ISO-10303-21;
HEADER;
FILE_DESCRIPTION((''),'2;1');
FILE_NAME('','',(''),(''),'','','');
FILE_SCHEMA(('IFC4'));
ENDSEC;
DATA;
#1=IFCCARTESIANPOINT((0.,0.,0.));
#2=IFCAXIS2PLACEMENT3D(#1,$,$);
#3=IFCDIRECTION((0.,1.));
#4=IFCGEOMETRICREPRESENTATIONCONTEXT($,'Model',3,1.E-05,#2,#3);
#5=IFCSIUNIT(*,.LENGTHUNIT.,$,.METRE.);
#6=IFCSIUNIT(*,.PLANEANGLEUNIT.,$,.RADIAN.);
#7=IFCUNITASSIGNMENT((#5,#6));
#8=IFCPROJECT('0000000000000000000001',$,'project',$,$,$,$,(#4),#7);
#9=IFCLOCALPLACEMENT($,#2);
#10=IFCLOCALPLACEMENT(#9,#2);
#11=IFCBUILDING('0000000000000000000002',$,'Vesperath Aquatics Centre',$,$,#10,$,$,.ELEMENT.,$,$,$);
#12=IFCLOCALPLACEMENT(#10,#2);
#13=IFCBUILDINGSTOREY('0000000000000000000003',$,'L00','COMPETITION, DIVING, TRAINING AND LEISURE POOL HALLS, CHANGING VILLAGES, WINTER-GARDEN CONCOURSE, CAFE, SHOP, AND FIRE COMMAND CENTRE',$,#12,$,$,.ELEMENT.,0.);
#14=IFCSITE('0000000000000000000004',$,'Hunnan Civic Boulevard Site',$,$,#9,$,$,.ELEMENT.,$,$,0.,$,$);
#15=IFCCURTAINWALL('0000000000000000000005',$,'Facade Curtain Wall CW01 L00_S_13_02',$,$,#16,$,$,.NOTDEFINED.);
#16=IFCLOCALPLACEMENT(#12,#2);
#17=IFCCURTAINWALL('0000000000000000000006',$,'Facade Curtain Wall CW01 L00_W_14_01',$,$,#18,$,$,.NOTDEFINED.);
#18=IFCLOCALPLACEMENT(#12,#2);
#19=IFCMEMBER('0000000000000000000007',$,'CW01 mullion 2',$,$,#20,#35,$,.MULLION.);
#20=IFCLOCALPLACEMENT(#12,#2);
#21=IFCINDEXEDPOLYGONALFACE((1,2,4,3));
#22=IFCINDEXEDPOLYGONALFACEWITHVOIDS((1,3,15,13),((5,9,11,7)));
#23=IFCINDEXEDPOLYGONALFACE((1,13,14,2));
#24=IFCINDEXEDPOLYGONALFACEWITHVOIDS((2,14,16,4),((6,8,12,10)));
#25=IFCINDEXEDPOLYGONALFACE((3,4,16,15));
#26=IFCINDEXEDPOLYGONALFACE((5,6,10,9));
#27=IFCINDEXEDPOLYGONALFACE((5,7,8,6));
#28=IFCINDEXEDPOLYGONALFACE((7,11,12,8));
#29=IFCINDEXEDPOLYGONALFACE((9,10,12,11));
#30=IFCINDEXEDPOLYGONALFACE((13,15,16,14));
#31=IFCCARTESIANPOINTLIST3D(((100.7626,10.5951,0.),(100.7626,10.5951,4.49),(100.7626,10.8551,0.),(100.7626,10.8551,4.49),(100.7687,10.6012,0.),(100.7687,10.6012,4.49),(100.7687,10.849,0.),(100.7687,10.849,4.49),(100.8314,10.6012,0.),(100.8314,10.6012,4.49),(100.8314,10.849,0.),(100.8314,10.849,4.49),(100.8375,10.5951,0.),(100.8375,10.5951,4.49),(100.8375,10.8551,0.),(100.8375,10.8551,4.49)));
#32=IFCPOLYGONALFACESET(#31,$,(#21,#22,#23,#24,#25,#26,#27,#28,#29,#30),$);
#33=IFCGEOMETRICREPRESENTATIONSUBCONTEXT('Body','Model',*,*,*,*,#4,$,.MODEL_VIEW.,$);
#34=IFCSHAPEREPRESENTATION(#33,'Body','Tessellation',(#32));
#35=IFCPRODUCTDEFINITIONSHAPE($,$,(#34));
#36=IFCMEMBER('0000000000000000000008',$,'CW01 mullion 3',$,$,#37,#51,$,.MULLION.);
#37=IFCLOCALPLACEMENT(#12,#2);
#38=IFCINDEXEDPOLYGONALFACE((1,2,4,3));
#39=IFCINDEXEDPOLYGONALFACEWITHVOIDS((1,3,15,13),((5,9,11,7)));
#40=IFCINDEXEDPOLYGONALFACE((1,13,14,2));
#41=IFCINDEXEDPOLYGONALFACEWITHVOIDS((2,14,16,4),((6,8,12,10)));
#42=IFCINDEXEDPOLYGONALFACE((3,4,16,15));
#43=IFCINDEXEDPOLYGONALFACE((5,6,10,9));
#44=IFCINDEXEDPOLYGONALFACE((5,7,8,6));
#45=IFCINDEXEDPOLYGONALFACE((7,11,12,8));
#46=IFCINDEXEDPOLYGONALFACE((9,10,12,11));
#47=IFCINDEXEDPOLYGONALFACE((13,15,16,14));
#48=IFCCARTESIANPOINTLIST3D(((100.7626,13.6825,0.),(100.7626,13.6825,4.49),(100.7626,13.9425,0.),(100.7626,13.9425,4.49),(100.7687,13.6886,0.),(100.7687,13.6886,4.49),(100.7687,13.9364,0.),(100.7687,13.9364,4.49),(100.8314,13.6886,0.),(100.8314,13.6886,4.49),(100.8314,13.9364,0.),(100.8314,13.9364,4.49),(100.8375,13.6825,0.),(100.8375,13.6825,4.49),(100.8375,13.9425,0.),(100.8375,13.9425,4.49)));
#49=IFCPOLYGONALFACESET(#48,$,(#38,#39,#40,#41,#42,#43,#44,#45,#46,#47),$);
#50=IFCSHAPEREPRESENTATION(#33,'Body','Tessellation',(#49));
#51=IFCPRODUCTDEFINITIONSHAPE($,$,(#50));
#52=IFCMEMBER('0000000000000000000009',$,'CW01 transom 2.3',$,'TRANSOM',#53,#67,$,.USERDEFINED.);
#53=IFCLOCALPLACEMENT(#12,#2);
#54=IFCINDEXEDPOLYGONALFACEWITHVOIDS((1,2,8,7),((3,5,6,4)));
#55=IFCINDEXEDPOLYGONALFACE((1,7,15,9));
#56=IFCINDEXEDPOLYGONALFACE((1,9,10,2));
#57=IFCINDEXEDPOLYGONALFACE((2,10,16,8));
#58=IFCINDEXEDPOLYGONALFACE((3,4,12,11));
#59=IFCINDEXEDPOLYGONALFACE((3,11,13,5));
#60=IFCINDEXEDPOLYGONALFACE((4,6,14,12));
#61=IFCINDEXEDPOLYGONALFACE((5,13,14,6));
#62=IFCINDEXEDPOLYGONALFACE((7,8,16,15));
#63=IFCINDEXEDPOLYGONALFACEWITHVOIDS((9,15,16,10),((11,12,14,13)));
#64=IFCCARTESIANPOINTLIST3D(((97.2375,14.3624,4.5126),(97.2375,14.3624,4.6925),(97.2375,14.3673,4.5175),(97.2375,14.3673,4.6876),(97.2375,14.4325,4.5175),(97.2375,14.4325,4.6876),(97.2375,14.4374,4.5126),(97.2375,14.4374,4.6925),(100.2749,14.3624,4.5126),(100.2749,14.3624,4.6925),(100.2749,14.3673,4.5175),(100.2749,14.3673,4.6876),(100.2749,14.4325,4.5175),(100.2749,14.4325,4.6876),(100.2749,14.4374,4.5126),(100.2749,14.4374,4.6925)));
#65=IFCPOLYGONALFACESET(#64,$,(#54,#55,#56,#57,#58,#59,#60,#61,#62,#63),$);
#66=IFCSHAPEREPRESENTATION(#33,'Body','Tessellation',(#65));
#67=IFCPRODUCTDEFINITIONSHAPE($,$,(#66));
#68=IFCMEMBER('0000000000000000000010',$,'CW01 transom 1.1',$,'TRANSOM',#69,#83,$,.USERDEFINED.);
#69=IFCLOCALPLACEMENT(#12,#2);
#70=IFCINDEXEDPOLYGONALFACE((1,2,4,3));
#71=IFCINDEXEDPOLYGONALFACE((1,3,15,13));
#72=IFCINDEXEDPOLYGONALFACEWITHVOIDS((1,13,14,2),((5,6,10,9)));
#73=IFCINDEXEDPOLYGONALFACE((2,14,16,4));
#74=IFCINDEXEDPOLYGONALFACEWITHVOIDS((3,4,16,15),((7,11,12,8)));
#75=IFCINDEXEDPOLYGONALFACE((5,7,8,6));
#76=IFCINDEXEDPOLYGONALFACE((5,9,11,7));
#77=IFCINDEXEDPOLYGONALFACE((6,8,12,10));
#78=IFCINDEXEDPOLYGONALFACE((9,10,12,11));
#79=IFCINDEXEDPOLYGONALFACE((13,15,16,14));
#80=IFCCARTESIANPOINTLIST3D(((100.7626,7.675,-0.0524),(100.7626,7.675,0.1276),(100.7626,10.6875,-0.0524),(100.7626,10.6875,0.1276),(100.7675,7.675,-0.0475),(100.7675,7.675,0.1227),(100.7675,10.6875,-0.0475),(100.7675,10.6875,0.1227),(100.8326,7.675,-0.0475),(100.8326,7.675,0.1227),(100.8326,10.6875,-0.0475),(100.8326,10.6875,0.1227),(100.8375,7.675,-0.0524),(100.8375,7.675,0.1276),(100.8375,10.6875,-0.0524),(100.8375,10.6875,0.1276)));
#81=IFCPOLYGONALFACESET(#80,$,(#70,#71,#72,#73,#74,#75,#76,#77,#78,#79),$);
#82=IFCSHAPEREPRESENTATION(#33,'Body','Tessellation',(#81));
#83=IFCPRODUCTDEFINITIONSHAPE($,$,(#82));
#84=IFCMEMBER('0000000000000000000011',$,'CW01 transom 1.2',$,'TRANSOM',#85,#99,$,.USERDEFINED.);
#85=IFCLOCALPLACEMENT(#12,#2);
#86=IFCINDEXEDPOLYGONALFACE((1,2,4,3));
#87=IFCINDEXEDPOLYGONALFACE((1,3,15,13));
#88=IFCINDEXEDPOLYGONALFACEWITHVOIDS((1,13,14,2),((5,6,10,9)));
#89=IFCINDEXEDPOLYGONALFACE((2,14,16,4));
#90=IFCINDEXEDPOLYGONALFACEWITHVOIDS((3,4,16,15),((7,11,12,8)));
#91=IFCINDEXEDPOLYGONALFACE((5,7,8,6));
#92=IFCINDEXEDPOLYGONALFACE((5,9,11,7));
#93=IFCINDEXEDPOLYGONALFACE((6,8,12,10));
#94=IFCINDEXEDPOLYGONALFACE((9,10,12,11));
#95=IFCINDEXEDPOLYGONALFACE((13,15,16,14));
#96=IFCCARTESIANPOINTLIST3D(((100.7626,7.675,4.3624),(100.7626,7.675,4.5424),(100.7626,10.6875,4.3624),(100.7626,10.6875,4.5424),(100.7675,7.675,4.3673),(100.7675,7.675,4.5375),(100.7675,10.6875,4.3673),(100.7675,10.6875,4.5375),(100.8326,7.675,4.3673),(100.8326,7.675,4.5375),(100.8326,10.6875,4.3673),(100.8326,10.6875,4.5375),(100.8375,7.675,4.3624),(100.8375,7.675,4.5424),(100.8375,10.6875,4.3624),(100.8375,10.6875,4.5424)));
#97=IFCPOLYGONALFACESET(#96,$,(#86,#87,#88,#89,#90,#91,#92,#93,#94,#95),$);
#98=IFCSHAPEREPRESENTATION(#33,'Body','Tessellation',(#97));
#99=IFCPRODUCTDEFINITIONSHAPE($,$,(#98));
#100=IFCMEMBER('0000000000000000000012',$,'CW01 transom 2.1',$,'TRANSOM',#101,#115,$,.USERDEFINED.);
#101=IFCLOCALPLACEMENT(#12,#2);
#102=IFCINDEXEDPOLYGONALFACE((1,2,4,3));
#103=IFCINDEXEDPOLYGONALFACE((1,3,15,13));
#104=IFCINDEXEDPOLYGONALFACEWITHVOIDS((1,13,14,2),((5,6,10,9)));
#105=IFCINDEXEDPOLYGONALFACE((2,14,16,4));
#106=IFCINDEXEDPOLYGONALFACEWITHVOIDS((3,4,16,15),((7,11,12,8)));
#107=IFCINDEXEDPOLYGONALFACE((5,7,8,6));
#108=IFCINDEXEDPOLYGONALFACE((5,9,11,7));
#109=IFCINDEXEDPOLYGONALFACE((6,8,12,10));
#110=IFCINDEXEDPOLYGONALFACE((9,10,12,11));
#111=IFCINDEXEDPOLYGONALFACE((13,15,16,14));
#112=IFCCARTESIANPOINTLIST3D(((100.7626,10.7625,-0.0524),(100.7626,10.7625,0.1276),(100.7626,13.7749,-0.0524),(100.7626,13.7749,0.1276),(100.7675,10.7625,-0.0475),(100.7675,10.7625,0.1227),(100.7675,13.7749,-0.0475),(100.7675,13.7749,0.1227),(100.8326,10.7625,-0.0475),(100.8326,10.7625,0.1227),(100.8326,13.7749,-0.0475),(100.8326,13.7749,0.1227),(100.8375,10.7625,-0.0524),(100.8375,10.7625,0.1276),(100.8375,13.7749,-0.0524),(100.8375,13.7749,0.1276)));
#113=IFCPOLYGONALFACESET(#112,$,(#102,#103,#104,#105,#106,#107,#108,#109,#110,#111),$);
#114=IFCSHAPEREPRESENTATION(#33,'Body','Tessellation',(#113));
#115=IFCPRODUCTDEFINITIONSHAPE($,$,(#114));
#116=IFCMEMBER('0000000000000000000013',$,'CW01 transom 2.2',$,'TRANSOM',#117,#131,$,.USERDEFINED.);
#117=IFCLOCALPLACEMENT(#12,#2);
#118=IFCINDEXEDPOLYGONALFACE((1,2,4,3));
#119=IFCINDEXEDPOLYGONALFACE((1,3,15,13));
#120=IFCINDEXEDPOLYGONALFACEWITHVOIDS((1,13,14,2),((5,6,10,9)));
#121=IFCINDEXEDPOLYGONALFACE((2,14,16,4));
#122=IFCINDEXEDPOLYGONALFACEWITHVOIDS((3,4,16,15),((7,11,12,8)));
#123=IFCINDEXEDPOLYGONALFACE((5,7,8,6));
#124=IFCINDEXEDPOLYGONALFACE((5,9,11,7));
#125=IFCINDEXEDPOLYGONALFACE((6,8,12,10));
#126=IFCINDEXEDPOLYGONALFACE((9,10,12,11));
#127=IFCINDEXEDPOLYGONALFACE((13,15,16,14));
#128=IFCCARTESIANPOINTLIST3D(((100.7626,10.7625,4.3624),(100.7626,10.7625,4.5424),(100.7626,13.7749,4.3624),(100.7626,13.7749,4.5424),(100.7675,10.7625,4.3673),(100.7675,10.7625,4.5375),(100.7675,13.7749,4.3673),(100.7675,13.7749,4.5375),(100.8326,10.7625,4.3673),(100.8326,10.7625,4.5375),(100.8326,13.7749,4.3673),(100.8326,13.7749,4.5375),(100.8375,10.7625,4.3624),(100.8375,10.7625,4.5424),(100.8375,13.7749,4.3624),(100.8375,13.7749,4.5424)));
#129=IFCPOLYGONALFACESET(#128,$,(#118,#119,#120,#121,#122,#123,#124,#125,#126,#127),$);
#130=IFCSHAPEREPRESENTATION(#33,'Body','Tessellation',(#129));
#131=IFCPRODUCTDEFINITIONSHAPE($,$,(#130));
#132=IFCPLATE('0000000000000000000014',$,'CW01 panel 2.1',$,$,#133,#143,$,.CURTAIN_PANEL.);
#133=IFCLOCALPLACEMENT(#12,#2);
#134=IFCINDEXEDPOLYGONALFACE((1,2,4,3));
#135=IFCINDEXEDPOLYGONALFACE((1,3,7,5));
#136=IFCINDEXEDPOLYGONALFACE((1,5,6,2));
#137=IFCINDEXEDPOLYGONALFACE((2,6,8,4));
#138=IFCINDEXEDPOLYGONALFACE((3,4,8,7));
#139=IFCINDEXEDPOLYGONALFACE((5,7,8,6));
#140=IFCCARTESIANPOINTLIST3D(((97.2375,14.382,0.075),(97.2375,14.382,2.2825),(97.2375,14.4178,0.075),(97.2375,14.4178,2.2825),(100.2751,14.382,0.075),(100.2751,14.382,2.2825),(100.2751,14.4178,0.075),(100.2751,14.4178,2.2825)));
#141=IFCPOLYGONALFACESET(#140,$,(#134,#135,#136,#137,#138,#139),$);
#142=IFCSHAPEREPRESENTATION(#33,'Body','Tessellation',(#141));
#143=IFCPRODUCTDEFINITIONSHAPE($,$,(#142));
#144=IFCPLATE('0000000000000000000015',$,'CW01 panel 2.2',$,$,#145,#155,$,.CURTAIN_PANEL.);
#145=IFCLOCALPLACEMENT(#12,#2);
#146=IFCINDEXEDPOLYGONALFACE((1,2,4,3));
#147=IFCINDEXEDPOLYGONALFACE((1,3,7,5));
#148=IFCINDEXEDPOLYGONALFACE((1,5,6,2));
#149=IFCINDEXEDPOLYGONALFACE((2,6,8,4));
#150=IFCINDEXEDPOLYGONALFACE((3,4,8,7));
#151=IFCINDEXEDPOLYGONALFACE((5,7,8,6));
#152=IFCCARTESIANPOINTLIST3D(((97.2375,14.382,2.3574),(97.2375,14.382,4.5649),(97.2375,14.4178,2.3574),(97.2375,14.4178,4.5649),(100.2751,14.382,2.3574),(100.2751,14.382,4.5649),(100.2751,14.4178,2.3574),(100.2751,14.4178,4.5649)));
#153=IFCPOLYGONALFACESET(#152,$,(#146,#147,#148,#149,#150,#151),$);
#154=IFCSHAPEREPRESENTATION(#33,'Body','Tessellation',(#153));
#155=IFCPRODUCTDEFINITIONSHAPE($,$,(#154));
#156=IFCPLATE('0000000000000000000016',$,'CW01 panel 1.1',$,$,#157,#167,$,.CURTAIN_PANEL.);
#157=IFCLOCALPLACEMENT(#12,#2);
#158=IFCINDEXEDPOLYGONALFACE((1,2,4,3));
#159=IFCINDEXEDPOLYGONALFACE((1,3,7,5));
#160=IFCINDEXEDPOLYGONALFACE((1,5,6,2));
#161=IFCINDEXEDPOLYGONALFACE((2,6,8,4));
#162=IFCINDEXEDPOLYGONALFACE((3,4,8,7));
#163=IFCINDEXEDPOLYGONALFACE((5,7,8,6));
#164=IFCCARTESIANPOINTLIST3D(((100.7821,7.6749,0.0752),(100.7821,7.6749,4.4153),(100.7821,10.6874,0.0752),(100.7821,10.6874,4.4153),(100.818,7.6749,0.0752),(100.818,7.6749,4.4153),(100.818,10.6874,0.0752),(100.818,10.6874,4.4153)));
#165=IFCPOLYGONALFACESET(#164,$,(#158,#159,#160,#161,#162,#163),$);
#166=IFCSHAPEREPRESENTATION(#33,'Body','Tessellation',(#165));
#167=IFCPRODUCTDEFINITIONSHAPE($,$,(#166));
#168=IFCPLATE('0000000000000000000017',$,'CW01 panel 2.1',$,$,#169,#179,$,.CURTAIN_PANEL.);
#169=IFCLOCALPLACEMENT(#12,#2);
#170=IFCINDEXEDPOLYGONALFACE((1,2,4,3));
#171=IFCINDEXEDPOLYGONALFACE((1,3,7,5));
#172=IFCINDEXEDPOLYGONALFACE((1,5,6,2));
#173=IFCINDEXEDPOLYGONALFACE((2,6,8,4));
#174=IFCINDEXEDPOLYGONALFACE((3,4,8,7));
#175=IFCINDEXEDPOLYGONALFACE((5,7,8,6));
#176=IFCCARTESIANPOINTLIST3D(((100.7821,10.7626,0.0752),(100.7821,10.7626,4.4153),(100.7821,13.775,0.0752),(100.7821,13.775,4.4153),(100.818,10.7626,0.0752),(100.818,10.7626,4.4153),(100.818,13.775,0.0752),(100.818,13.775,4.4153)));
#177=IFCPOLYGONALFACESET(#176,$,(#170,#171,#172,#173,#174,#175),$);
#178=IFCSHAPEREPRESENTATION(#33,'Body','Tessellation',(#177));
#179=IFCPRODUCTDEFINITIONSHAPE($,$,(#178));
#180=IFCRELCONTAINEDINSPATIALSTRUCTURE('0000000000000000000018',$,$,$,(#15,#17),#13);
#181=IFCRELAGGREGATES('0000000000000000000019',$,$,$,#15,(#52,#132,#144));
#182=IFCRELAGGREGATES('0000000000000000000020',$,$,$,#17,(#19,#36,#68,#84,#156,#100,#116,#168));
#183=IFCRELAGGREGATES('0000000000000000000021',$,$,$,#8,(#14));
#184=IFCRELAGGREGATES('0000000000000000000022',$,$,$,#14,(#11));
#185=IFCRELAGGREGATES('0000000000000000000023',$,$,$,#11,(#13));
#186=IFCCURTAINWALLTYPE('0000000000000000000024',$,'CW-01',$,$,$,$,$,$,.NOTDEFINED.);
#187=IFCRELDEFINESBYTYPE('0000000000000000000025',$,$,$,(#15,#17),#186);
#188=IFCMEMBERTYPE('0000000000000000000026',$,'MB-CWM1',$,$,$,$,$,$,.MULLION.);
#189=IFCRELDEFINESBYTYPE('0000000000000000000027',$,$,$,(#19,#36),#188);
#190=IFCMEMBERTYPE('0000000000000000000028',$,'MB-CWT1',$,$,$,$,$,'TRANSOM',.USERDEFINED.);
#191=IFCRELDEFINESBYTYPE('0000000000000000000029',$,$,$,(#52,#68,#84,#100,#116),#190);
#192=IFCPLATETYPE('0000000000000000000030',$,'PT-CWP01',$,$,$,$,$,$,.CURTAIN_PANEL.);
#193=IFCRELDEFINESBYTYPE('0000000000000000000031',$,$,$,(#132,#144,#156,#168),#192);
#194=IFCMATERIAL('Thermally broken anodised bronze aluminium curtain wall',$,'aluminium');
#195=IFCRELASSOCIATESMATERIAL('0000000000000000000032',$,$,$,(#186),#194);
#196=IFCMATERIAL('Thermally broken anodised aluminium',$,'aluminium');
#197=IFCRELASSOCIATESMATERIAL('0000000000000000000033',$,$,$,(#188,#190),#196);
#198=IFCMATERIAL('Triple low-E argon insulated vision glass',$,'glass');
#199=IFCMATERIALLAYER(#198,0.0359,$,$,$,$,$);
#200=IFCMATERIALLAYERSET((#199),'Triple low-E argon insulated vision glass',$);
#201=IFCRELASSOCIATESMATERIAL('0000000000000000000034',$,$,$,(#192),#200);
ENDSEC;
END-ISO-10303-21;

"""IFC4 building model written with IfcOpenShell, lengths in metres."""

from ifc_helpers import new_model, si_unit, direction, frame, origin, origin_2d, place, context, subcontext, project, spatial, rectangle, hollow_rectangle, extrude, material, layer, layer_set, material_profile, profile_set, type_object, element, aggregate, save


model = new_model("IFC4")

# Units and contexts
model_context = context("Model", 3, precision=1e-05, world=origin(), true_north=direction((0.0, 1.0)))
body_context = subcontext(model_context, "Body", "Model", "MODEL_VIEW")
ifc_project = project(units=[si_unit("LENGTHUNIT", "METRE"), si_unit("PLANEANGLEUNIT", "RADIAN")], contexts=[model_context])

# Site, building, storey
site_placement = place(None, origin())
site = spatial("IfcSite", under=ifc_project, at=site_placement, Name="Hunnan Civic Boulevard Site", CompositionType="ELEMENT", RefElevation=0.0)
building_placement = place(site_placement, origin())
building = spatial("IfcBuilding", under=site, at=building_placement, Name="Vesperath Aquatics Centre", CompositionType="ELEMENT")
storey_placement = place(building_placement, origin())
storey = spatial("IfcBuildingStorey", under=building, at=storey_placement, Name="L00", Description="COMPETITION, DIVING, TRAINING AND LEISURE POOL HALLS, CHANGING VILLAGES, WINTER-GARDEN CONCOURSE, CAFE, SHOP, AND FIRE COMMAND CENTRE", CompositionType="ELEMENT", Elevation=0.0)

# Curtain wall
ifc_material_1 = material(Name="Thermally broken anodised bronze aluminium curtain wall", Category="aluminium")
curtain_wall_type = type_object("IfcCurtainWallType", Name="CW-01", PredefinedType="NOTDEFINED", material=ifc_material_1)
curtain_wall_1_placement = place(storey_placement, origin())
curtain_wall_1 = element("IfcCurtainWall", 1, at=curtain_wall_1_placement, inside=storey, type_object=curtain_wall_type, Name="Facade Curtain Wall CW01 L00_S_13_02", PredefinedType="NOTDEFINED")
ifc_material_2 = material(Name="Thermally broken anodised aluminium", Category="aluminium")
ifc_material_profile_1 = material_profile(ifc_material_2, hollow_rectangle(XDim=0.075, YDim=0.26, WallThickness=0.0061, at=origin_2d()), Name="CWM 75x260x6")
ifc_profile_set_1 = profile_set([ifc_material_profile_1], Name="Thermally broken anodised aluminium")
member_type_1 = type_object("IfcMemberType", Name="MB-CWM1", PredefinedType="MULLION", material=ifc_profile_set_1)

# Curtain wall, members
curtain_wall_2_placement = place(storey_placement, origin())
curtain_wall_2 = element("IfcCurtainWall", 2, at=curtain_wall_2_placement, inside=storey, type_object=curtain_wall_type, Name="Facade Curtain Wall CW01 L00_W_14_01", PredefinedType="NOTDEFINED")
member_1_placement = place(storey_placement, frame((100.8, 10.7251, 0.0), z_axis=(0.0, 0.0, 1.0), x_axis=(-1.0, 0.0, 0.0)))
member_1 = element("IfcMember", 3, at=member_1_placement, type_object=member_type_1, Name="CW01 mullion 2", PredefinedType="MULLION", context=body_context, shape_type="SweptSolid", body=[
    extrude(hollow_rectangle(XDim=0.075, YDim=0.26, WallThickness=0.0061, at=origin_2d()), origin(), (0.0, 0.0, 1.0), 4.49),
])
member_2_placement = place(storey_placement, frame((100.8, 13.8125, 0.0), z_axis=(0.0, 0.0, 1.0), x_axis=(-1.0, 0.0, 0.0)))
member_2 = element("IfcMember", 4, at=member_2_placement, type_object=member_type_1, Name="CW01 mullion 3", PredefinedType="MULLION", context=body_context, shape_type="SweptSolid", body=[
    extrude(hollow_rectangle(XDim=0.075, YDim=0.26, WallThickness=0.0061, at=origin_2d()), origin(), (0.0, 0.0, 1.0), 4.49),
])

# Members
ifc_material_profile_2 = material_profile(ifc_material_2, hollow_rectangle(XDim=0.075, YDim=0.1799, WallThickness=0.0049, at=origin_2d()), Name="CWT 75x180x5")
ifc_profile_set_2 = profile_set([ifc_material_profile_2], Name="Thermally broken anodised aluminium")
member_type_2 = type_object("IfcMemberType", Name="MB-CWT1", ElementType="TRANSOM", PredefinedType="USERDEFINED", material=ifc_profile_set_2)
member_3_placement = place(storey_placement, frame((97.2375, 14.3999, 4.6025), z_axis=(1.0, 0.0, 0.0), x_axis=(0.0, 1.0, 0.0)))
member_3 = element("IfcMember", 5, at=member_3_placement, type_object=member_type_2, Name="CW01 transom 2.3", ObjectType="TRANSOM", PredefinedType="USERDEFINED", context=body_context, shape_type="SweptSolid", body=[
    extrude(hollow_rectangle(XDim=0.075, YDim=0.1799, WallThickness=0.0049, at=origin_2d()), origin(), (0.0, 0.0, 1.0), 3.0374),
])
member_4_placement = place(storey_placement, frame((100.8, 7.675, 0.0376), z_axis=(0.0, 1.0, 0.0), x_axis=(-1.0, 0.0, 0.0)))
member_4 = element("IfcMember", 6, at=member_4_placement, type_object=member_type_2, Name="CW01 transom 1.1", ObjectType="TRANSOM", PredefinedType="USERDEFINED", context=body_context, shape_type="SweptSolid", body=[
    extrude(hollow_rectangle(XDim=0.075, YDim=0.1799, WallThickness=0.0049, at=origin_2d()), origin(), (0.0, 0.0, 1.0), 3.0125),
])
member_5_placement = place(storey_placement, frame((100.8, 7.675, 4.4524), z_axis=(0.0, 1.0, 0.0), x_axis=(-1.0, 0.0, 0.0)))
member_5 = element("IfcMember", 7, at=member_5_placement, type_object=member_type_2, Name="CW01 transom 1.2", ObjectType="TRANSOM", PredefinedType="USERDEFINED", context=body_context, shape_type="SweptSolid", body=[
    extrude(hollow_rectangle(XDim=0.075, YDim=0.1799, WallThickness=0.0049, at=origin_2d()), origin(), (0.0, 0.0, 1.0), 3.0125),
])
member_6_placement = place(storey_placement, frame((100.8, 10.7625, 0.0376), z_axis=(0.0, 1.0, 0.0), x_axis=(-1.0, 0.0, 0.0)))
member_6 = element("IfcMember", 8, at=member_6_placement, type_object=member_type_2, Name="CW01 transom 2.1", ObjectType="TRANSOM", PredefinedType="USERDEFINED", context=body_context, shape_type="SweptSolid", body=[
    extrude(hollow_rectangle(XDim=0.075, YDim=0.1799, WallThickness=0.0049, at=origin_2d()), origin(), (0.0, 0.0, 1.0), 3.0125),
])
member_7_placement = place(storey_placement, frame((100.8, 10.7625, 4.4524), z_axis=(0.0, 1.0, 0.0), x_axis=(-1.0, 0.0, 0.0)))
member_7 = element("IfcMember", 9, at=member_7_placement, type_object=member_type_2, Name="CW01 transom 2.2", ObjectType="TRANSOM", PredefinedType="USERDEFINED", context=body_context, shape_type="SweptSolid", body=[
    extrude(hollow_rectangle(XDim=0.075, YDim=0.1799, WallThickness=0.0049, at=origin_2d()), origin(), (0.0, 0.0, 1.0), 3.0125),
])

# Plates
ifc_material_3 = material(Name="Triple low-E argon insulated vision glass", Category="glass")
ifc_layer_1 = layer(ifc_material_3, 0.0359)
ifc_layer_set_1 = layer_set([ifc_layer_1], Name="Triple low-E argon insulated vision glass")
plate_type = type_object("IfcPlateType", Name="PT-CWP01", PredefinedType="CURTAIN_PANEL", material=ifc_layer_set_1)
plate_1_placement = place(storey_placement, frame((98.7563, 14.3999, 0.075), z_axis=(0.0, 0.0, 1.0), x_axis=(1.0, 0.0, 0.0)))
plate_1 = element("IfcPlate", 10, at=plate_1_placement, type_object=plate_type, Name="CW01 panel 2.1", PredefinedType="CURTAIN_PANEL", context=body_context, shape_type="SweptSolid", body=[
    extrude(rectangle(XDim=3.0376, YDim=0.0359, at=origin_2d()), origin(), (0.0, 0.0, 1.0), 2.2075),
])
plate_2_placement = place(storey_placement, frame((98.7563, 14.3999, 2.3574), z_axis=(0.0, 0.0, 1.0), x_axis=(1.0, 0.0, 0.0)))
plate_2 = element("IfcPlate", 11, at=plate_2_placement, type_object=plate_type, Name="CW01 panel 2.2", PredefinedType="CURTAIN_PANEL", context=body_context, shape_type="SweptSolid", body=[
    extrude(rectangle(XDim=3.0376, YDim=0.0359, at=origin_2d()), origin(), (0.0, 0.0, 1.0), 2.2075),
])
aggregate(curtain_wall_1, [member_3, plate_1, plate_2])
plate_3_placement = place(storey_placement, frame((100.8, 9.1812, 0.0752), z_axis=(0.0, 0.0, 1.0), x_axis=(0.0, 1.0, 0.0)))
plate_3 = element("IfcPlate", 12, at=plate_3_placement, type_object=plate_type, Name="CW01 panel 1.1", PredefinedType="CURTAIN_PANEL", context=body_context, shape_type="SweptSolid", body=[
    extrude(rectangle(XDim=3.0125, YDim=0.0359, at=origin_2d()), origin(), (0.0, 0.0, 1.0), 4.3401),
])
plate_4_placement = place(storey_placement, frame((100.8, 12.2688, 0.0752), z_axis=(0.0, 0.0, 1.0), x_axis=(0.0, 1.0, 0.0)))
plate_4 = element("IfcPlate", 13, at=plate_4_placement, type_object=plate_type, Name="CW01 panel 2.1", PredefinedType="CURTAIN_PANEL", context=body_context, shape_type="SweptSolid", body=[
    extrude(rectangle(XDim=3.0125, YDim=0.0359, at=origin_2d()), origin(), (0.0, 0.0, 1.0), 4.3401),
])
aggregate(curtain_wall_2, [member_1, member_2, member_4, member_5, plate_3, member_6, member_7, plate_4])

save(model, "model.ifc")
